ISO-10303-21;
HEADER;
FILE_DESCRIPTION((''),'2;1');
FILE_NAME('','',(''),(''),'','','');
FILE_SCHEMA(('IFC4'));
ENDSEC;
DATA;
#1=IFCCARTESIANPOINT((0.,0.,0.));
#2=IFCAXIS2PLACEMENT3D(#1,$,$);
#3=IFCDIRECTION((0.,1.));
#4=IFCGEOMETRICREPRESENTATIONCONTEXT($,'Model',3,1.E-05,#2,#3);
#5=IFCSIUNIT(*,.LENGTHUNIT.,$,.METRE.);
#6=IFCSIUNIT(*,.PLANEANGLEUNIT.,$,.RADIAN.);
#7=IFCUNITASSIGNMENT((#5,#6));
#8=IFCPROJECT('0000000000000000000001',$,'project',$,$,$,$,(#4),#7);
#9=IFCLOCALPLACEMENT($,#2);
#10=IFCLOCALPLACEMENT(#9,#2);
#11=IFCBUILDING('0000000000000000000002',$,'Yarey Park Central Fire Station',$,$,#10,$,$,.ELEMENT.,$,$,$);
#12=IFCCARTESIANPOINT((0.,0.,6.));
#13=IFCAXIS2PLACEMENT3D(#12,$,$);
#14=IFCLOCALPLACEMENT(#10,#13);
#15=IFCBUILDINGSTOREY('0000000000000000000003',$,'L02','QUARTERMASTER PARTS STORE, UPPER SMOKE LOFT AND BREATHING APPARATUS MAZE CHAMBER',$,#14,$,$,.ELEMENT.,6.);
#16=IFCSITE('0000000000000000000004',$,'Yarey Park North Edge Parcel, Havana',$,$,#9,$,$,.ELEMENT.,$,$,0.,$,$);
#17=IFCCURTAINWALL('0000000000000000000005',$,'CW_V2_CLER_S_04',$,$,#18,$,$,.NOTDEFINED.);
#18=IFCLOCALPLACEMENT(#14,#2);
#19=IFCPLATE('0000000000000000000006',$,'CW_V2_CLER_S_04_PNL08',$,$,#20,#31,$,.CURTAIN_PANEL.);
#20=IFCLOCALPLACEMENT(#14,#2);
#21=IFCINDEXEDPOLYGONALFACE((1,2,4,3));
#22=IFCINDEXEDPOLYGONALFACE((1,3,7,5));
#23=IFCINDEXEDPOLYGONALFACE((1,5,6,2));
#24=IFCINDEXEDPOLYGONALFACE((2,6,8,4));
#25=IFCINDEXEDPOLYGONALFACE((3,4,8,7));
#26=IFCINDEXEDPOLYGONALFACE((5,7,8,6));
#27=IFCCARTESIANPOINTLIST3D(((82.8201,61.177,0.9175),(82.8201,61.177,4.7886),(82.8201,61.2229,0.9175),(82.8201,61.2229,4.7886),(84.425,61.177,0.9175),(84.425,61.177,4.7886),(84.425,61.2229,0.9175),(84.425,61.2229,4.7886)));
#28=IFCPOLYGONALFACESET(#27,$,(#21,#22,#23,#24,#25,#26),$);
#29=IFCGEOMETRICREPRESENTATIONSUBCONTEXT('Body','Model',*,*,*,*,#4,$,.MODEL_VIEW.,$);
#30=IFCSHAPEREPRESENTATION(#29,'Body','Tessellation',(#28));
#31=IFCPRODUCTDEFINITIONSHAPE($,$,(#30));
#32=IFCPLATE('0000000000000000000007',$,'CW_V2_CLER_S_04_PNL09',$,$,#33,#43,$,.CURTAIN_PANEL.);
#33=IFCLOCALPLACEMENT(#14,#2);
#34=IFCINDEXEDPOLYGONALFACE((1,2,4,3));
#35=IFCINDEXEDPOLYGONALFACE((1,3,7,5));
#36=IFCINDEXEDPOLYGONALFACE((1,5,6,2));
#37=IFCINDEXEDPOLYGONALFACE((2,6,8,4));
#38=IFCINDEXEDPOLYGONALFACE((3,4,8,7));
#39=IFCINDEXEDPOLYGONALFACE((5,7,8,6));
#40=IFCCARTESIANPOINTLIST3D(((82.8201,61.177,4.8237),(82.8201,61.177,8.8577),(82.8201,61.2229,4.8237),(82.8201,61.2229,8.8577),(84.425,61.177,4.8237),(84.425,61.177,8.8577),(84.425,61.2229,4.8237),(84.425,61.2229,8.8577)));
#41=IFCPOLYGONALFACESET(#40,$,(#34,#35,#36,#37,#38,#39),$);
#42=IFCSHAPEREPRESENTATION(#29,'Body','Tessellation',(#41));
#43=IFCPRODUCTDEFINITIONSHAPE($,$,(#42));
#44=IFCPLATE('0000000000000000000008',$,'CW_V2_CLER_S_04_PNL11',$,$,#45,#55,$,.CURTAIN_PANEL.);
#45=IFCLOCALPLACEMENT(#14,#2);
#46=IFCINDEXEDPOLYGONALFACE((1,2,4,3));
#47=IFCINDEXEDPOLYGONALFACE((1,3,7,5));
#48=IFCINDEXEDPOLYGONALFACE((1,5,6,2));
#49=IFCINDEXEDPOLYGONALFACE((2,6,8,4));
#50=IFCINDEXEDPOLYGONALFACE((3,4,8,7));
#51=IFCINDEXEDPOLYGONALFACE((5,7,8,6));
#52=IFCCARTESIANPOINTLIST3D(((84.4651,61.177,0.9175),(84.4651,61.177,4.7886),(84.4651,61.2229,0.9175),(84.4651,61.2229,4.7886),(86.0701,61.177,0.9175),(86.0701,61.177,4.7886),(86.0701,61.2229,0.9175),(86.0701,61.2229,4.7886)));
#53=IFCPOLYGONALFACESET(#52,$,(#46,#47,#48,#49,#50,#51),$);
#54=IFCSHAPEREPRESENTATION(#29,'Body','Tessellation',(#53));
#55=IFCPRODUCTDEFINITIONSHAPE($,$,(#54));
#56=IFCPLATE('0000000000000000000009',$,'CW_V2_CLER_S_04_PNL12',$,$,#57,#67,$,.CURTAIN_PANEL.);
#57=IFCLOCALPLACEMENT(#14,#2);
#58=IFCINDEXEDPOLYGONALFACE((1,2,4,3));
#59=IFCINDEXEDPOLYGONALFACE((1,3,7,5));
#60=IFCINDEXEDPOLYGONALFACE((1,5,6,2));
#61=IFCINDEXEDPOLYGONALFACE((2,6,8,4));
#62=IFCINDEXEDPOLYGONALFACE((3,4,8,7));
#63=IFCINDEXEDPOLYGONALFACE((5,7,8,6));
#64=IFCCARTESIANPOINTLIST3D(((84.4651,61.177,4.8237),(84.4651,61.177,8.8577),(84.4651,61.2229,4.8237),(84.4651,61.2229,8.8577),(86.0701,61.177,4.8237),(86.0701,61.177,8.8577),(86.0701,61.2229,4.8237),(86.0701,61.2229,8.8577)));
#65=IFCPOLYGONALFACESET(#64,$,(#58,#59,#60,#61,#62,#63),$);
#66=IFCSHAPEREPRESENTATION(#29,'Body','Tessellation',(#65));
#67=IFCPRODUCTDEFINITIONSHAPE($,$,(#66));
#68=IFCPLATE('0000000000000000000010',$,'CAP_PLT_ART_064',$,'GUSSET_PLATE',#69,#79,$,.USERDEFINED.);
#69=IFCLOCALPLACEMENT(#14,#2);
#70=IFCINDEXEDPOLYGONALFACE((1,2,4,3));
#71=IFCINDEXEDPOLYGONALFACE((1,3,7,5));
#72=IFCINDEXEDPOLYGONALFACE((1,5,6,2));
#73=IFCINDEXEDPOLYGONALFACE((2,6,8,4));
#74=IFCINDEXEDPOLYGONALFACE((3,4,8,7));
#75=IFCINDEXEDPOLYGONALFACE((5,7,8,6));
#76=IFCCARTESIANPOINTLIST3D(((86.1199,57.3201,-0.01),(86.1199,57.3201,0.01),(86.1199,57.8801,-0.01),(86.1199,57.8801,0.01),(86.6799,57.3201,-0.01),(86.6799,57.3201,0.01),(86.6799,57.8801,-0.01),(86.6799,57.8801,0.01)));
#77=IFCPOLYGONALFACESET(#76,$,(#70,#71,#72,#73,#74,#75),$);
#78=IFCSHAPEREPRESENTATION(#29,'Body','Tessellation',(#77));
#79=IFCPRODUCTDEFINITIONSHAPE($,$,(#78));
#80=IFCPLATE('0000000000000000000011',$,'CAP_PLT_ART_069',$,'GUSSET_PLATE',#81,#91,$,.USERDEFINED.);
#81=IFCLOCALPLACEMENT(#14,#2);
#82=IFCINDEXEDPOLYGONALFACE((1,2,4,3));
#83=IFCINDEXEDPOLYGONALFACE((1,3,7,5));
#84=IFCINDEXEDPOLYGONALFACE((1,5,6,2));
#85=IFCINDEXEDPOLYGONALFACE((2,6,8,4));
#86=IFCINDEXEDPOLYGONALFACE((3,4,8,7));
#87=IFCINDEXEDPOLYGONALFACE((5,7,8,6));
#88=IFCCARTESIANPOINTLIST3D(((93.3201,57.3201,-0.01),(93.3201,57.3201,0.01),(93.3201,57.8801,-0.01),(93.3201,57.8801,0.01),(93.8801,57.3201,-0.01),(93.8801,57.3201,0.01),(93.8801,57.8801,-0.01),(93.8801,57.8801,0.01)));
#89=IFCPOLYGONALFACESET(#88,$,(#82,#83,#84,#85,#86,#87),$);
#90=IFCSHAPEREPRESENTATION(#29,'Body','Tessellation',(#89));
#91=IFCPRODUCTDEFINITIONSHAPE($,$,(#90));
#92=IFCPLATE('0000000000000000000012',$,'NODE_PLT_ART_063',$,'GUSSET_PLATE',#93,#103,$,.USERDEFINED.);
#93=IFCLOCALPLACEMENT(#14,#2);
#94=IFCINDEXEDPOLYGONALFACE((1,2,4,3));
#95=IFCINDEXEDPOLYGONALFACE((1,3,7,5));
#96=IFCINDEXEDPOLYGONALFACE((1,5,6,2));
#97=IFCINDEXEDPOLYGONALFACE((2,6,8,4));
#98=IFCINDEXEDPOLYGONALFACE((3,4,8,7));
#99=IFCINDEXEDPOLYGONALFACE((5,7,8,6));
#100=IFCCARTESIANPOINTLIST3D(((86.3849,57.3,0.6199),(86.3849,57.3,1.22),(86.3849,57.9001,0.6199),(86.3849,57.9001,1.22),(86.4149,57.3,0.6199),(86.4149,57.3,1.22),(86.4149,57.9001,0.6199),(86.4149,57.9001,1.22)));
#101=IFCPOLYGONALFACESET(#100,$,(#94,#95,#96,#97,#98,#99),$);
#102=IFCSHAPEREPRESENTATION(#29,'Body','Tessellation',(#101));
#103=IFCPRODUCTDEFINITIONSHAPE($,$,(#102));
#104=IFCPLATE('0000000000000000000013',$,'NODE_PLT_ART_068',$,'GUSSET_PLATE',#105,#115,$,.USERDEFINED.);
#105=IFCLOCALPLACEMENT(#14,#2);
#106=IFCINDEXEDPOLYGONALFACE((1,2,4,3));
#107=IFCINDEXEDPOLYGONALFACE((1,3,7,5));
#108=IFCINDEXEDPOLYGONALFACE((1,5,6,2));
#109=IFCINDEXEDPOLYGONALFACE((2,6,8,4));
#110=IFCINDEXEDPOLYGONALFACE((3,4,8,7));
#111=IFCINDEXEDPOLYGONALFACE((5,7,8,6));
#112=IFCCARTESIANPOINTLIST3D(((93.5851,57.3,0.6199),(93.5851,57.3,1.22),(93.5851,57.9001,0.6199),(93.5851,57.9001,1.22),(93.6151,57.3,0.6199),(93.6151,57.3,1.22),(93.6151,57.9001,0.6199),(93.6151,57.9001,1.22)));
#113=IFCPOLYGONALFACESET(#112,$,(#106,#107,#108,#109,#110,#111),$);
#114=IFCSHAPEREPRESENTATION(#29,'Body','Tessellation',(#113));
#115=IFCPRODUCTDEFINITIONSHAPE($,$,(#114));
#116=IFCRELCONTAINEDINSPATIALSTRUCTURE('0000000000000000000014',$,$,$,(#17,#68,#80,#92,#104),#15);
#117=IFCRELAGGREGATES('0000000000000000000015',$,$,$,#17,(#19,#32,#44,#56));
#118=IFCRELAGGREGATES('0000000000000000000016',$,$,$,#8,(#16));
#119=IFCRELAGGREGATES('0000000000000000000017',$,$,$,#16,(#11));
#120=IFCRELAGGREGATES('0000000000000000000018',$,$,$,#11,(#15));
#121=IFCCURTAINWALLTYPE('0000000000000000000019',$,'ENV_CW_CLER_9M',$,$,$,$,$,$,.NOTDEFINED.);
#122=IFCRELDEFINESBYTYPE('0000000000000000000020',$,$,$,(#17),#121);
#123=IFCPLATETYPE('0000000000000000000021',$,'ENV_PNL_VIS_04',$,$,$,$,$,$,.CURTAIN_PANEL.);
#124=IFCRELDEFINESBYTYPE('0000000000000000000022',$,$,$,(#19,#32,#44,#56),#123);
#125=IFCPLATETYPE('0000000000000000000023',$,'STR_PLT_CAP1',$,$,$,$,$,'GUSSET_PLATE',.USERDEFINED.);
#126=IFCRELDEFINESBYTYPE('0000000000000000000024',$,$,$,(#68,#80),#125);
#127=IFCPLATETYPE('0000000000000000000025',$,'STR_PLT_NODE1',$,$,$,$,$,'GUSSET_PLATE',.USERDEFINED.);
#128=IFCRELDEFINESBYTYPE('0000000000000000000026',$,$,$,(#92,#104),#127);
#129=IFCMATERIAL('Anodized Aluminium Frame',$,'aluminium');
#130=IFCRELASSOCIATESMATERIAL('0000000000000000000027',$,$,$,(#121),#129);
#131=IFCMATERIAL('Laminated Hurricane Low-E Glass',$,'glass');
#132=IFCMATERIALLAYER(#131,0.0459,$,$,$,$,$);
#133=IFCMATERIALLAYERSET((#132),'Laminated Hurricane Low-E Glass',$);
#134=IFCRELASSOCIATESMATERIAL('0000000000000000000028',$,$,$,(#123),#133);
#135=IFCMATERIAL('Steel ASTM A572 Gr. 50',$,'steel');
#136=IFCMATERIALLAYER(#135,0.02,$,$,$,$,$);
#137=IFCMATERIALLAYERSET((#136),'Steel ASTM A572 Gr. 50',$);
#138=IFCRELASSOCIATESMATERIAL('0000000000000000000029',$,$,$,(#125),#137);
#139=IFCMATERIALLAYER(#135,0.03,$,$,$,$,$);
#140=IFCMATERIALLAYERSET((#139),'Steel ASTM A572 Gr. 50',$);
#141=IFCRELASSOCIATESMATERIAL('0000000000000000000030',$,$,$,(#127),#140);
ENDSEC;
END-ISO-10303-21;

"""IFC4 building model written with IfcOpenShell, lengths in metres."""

from ifc_helpers import new_model, si_unit, direction, frame, origin, origin_2d, place, context, subcontext, project, spatial, rectangle, extrude, material, layer, layer_set, type_object, element, aggregate, save


model = new_model("IFC4")

# Units and contexts
model_context = context("Model", 3, precision=1e-05, world=origin(), true_north=direction((0.0, 1.0)))
body_context = subcontext(model_context, "Body", "Model", "MODEL_VIEW")
ifc_project = project(units=[si_unit("LENGTHUNIT", "METRE"), si_unit("PLANEANGLEUNIT", "RADIAN")], contexts=[model_context])

# Site, building, storey
site_placement = place(None, origin())
site = spatial("IfcSite", under=ifc_project, at=site_placement, Name="Yarey Park North Edge Parcel, Havana", CompositionType="ELEMENT", RefElevation=0.0)
building_placement = place(site_placement, origin())
building = spatial("IfcBuilding", under=site, at=building_placement, Name="Yarey Park Central Fire Station", CompositionType="ELEMENT")
storey_placement = place(building_placement, frame((0.0, 0.0, 6.0)))
storey = spatial("IfcBuildingStorey", under=building, at=storey_placement, Name="L02", Description="QUARTERMASTER PARTS STORE, UPPER SMOKE LOFT AND BREATHING APPARATUS MAZE CHAMBER", CompositionType="ELEMENT", Elevation=6.0)

# Curtain wall
ifc_material_1 = material(Name="Anodized Aluminium Frame", Category="aluminium")
curtain_wall_type = type_object("IfcCurtainWallType", Name="ENV_CW_CLER_9M", PredefinedType="NOTDEFINED", material=ifc_material_1)
curtain_wall_1_placement = place(storey_placement, origin())
curtain_wall_1 = element("IfcCurtainWall", 1, at=curtain_wall_1_placement, inside=storey, type_object=curtain_wall_type, Name="CW_V2_CLER_S_04", PredefinedType="NOTDEFINED")

# Plates
ifc_material_2 = material(Name="Laminated Hurricane Low-E Glass", Category="glass")
ifc_layer_1 = layer(ifc_material_2, 0.0459)
ifc_layer_set_1 = layer_set([ifc_layer_1], Name="Laminated Hurricane Low-E Glass")
plate_type_1 = type_object("IfcPlateType", Name="ENV_PNL_VIS_04", PredefinedType="CURTAIN_PANEL", material=ifc_layer_set_1)
plate_1_placement = place(storey_placement, frame((83.6226, 61.2, 0.9175), z_axis=(0.0, 0.0, 1.0), x_axis=(1.0, 0.0, 0.0)))
plate_1 = element("IfcPlate", 2, at=plate_1_placement, type_object=plate_type_1, Name="CW_V2_CLER_S_04_PNL08", PredefinedType="CURTAIN_PANEL", context=body_context, shape_type="SweptSolid", body=[
    extrude(rectangle(XDim=1.605, YDim=0.0459, at=origin_2d()), origin(), (0.0, 0.0, 1.0), 3.8711),
])
plate_2_placement = place(storey_placement, frame((83.6226, 61.2, 4.8237), z_axis=(0.0, 0.0, 1.0), x_axis=(1.0, 0.0, 0.0)))
plate_2 = element("IfcPlate", 3, at=plate_2_placement, type_object=plate_type_1, Name="CW_V2_CLER_S_04_PNL09", PredefinedType="CURTAIN_PANEL", context=body_context, shape_type="SweptSolid", body=[
    extrude(rectangle(XDim=1.605, YDim=0.0459, at=origin_2d()), origin(), (0.0, 0.0, 1.0), 4.0339),
])
plate_3_placement = place(storey_placement, frame((85.2676, 61.2, 0.9175), z_axis=(0.0, 0.0, 1.0), x_axis=(1.0, 0.0, 0.0)))
plate_3 = element("IfcPlate", 4, at=plate_3_placement, type_object=plate_type_1, Name="CW_V2_CLER_S_04_PNL11", PredefinedType="CURTAIN_PANEL", context=body_context, shape_type="SweptSolid", body=[
    extrude(rectangle(XDim=1.605, YDim=0.0459, at=origin_2d()), origin(), (0.0, 0.0, 1.0), 3.8711),
])
plate_4_placement = place(storey_placement, frame((85.2676, 61.2, 4.8237), z_axis=(0.0, 0.0, 1.0), x_axis=(1.0, 0.0, 0.0)))
plate_4 = element("IfcPlate", 5, at=plate_4_placement, type_object=plate_type_1, Name="CW_V2_CLER_S_04_PNL12", PredefinedType="CURTAIN_PANEL", context=body_context, shape_type="SweptSolid", body=[
    extrude(rectangle(XDim=1.605, YDim=0.0459, at=origin_2d()), origin(), (0.0, 0.0, 1.0), 4.0339),
])
aggregate(curtain_wall_1, [plate_1, plate_2, plate_3, plate_4])

# Plates
ifc_material_3 = material(Name="Steel ASTM A572 Gr. 50", Category="steel")
ifc_layer_2 = layer(ifc_material_3, 0.02)
ifc_layer_set_2 = layer_set([ifc_layer_2], Name="Steel ASTM A572 Gr. 50")
plate_type_2 = type_object("IfcPlateType", Name="STR_PLT_CAP1", ElementType="GUSSET_PLATE", PredefinedType="USERDEFINED", material=ifc_layer_set_2)
for number, where, z_axis, x_axis, name in (
    (6, (86.3999, 57.6001, -0.01), (0.0, 0.0, 1.0), (1.0, 0.0, 0.0), "CAP_PLT_ART_064"),
    (7, (93.6001, 57.6001, -0.01), (0.0, 0.0, 1.0), (1.0, 0.0, 0.0), "CAP_PLT_ART_069"),
):
    element("IfcPlate", number, at=place(storey_placement, frame(where, z_axis=z_axis, x_axis=x_axis)), inside=storey, type_object=plate_type_2, Name=name, ObjectType="GUSSET_PLATE", PredefinedType="USERDEFINED", context=body_context, shape_type="SweptSolid", body=[
        extrude(rectangle(XDim=0.5601, YDim=0.5601, at=origin_2d()), origin(), (0.0, 0.0, 1.0), 0.02),
    ])
ifc_layer_3 = layer(ifc_material_3, 0.03)
ifc_layer_set_3 = layer_set([ifc_layer_3], Name="Steel ASTM A572 Gr. 50")
plate_type_3 = type_object("IfcPlateType", Name="STR_PLT_NODE1", ElementType="GUSSET_PLATE", PredefinedType="USERDEFINED", material=ifc_layer_set_3)
for number, where, z_axis, x_axis, name in (
    (8, (86.3999, 57.6001, 0.6199), (0.0, 0.0, 1.0), (1.0, 0.0, 0.0), "NODE_PLT_ART_063"),
    (9, (93.6001, 57.6001, 0.6199), (0.0, 0.0, 1.0), (1.0, 0.0, 0.0), "NODE_PLT_ART_068"),
):
    element("IfcPlate", number, at=place(storey_placement, frame(where, z_axis=z_axis, x_axis=x_axis)), inside=storey, type_object=plate_type_3, Name=name, ObjectType="GUSSET_PLATE", PredefinedType="USERDEFINED", context=body_context, shape_type="SweptSolid", body=[
        extrude(rectangle(XDim=0.03, YDim=0.6001, at=origin_2d()), origin(), (0.0, 0.0, 1.0), 0.6001),
    ])

save(model, "model.ifc")
